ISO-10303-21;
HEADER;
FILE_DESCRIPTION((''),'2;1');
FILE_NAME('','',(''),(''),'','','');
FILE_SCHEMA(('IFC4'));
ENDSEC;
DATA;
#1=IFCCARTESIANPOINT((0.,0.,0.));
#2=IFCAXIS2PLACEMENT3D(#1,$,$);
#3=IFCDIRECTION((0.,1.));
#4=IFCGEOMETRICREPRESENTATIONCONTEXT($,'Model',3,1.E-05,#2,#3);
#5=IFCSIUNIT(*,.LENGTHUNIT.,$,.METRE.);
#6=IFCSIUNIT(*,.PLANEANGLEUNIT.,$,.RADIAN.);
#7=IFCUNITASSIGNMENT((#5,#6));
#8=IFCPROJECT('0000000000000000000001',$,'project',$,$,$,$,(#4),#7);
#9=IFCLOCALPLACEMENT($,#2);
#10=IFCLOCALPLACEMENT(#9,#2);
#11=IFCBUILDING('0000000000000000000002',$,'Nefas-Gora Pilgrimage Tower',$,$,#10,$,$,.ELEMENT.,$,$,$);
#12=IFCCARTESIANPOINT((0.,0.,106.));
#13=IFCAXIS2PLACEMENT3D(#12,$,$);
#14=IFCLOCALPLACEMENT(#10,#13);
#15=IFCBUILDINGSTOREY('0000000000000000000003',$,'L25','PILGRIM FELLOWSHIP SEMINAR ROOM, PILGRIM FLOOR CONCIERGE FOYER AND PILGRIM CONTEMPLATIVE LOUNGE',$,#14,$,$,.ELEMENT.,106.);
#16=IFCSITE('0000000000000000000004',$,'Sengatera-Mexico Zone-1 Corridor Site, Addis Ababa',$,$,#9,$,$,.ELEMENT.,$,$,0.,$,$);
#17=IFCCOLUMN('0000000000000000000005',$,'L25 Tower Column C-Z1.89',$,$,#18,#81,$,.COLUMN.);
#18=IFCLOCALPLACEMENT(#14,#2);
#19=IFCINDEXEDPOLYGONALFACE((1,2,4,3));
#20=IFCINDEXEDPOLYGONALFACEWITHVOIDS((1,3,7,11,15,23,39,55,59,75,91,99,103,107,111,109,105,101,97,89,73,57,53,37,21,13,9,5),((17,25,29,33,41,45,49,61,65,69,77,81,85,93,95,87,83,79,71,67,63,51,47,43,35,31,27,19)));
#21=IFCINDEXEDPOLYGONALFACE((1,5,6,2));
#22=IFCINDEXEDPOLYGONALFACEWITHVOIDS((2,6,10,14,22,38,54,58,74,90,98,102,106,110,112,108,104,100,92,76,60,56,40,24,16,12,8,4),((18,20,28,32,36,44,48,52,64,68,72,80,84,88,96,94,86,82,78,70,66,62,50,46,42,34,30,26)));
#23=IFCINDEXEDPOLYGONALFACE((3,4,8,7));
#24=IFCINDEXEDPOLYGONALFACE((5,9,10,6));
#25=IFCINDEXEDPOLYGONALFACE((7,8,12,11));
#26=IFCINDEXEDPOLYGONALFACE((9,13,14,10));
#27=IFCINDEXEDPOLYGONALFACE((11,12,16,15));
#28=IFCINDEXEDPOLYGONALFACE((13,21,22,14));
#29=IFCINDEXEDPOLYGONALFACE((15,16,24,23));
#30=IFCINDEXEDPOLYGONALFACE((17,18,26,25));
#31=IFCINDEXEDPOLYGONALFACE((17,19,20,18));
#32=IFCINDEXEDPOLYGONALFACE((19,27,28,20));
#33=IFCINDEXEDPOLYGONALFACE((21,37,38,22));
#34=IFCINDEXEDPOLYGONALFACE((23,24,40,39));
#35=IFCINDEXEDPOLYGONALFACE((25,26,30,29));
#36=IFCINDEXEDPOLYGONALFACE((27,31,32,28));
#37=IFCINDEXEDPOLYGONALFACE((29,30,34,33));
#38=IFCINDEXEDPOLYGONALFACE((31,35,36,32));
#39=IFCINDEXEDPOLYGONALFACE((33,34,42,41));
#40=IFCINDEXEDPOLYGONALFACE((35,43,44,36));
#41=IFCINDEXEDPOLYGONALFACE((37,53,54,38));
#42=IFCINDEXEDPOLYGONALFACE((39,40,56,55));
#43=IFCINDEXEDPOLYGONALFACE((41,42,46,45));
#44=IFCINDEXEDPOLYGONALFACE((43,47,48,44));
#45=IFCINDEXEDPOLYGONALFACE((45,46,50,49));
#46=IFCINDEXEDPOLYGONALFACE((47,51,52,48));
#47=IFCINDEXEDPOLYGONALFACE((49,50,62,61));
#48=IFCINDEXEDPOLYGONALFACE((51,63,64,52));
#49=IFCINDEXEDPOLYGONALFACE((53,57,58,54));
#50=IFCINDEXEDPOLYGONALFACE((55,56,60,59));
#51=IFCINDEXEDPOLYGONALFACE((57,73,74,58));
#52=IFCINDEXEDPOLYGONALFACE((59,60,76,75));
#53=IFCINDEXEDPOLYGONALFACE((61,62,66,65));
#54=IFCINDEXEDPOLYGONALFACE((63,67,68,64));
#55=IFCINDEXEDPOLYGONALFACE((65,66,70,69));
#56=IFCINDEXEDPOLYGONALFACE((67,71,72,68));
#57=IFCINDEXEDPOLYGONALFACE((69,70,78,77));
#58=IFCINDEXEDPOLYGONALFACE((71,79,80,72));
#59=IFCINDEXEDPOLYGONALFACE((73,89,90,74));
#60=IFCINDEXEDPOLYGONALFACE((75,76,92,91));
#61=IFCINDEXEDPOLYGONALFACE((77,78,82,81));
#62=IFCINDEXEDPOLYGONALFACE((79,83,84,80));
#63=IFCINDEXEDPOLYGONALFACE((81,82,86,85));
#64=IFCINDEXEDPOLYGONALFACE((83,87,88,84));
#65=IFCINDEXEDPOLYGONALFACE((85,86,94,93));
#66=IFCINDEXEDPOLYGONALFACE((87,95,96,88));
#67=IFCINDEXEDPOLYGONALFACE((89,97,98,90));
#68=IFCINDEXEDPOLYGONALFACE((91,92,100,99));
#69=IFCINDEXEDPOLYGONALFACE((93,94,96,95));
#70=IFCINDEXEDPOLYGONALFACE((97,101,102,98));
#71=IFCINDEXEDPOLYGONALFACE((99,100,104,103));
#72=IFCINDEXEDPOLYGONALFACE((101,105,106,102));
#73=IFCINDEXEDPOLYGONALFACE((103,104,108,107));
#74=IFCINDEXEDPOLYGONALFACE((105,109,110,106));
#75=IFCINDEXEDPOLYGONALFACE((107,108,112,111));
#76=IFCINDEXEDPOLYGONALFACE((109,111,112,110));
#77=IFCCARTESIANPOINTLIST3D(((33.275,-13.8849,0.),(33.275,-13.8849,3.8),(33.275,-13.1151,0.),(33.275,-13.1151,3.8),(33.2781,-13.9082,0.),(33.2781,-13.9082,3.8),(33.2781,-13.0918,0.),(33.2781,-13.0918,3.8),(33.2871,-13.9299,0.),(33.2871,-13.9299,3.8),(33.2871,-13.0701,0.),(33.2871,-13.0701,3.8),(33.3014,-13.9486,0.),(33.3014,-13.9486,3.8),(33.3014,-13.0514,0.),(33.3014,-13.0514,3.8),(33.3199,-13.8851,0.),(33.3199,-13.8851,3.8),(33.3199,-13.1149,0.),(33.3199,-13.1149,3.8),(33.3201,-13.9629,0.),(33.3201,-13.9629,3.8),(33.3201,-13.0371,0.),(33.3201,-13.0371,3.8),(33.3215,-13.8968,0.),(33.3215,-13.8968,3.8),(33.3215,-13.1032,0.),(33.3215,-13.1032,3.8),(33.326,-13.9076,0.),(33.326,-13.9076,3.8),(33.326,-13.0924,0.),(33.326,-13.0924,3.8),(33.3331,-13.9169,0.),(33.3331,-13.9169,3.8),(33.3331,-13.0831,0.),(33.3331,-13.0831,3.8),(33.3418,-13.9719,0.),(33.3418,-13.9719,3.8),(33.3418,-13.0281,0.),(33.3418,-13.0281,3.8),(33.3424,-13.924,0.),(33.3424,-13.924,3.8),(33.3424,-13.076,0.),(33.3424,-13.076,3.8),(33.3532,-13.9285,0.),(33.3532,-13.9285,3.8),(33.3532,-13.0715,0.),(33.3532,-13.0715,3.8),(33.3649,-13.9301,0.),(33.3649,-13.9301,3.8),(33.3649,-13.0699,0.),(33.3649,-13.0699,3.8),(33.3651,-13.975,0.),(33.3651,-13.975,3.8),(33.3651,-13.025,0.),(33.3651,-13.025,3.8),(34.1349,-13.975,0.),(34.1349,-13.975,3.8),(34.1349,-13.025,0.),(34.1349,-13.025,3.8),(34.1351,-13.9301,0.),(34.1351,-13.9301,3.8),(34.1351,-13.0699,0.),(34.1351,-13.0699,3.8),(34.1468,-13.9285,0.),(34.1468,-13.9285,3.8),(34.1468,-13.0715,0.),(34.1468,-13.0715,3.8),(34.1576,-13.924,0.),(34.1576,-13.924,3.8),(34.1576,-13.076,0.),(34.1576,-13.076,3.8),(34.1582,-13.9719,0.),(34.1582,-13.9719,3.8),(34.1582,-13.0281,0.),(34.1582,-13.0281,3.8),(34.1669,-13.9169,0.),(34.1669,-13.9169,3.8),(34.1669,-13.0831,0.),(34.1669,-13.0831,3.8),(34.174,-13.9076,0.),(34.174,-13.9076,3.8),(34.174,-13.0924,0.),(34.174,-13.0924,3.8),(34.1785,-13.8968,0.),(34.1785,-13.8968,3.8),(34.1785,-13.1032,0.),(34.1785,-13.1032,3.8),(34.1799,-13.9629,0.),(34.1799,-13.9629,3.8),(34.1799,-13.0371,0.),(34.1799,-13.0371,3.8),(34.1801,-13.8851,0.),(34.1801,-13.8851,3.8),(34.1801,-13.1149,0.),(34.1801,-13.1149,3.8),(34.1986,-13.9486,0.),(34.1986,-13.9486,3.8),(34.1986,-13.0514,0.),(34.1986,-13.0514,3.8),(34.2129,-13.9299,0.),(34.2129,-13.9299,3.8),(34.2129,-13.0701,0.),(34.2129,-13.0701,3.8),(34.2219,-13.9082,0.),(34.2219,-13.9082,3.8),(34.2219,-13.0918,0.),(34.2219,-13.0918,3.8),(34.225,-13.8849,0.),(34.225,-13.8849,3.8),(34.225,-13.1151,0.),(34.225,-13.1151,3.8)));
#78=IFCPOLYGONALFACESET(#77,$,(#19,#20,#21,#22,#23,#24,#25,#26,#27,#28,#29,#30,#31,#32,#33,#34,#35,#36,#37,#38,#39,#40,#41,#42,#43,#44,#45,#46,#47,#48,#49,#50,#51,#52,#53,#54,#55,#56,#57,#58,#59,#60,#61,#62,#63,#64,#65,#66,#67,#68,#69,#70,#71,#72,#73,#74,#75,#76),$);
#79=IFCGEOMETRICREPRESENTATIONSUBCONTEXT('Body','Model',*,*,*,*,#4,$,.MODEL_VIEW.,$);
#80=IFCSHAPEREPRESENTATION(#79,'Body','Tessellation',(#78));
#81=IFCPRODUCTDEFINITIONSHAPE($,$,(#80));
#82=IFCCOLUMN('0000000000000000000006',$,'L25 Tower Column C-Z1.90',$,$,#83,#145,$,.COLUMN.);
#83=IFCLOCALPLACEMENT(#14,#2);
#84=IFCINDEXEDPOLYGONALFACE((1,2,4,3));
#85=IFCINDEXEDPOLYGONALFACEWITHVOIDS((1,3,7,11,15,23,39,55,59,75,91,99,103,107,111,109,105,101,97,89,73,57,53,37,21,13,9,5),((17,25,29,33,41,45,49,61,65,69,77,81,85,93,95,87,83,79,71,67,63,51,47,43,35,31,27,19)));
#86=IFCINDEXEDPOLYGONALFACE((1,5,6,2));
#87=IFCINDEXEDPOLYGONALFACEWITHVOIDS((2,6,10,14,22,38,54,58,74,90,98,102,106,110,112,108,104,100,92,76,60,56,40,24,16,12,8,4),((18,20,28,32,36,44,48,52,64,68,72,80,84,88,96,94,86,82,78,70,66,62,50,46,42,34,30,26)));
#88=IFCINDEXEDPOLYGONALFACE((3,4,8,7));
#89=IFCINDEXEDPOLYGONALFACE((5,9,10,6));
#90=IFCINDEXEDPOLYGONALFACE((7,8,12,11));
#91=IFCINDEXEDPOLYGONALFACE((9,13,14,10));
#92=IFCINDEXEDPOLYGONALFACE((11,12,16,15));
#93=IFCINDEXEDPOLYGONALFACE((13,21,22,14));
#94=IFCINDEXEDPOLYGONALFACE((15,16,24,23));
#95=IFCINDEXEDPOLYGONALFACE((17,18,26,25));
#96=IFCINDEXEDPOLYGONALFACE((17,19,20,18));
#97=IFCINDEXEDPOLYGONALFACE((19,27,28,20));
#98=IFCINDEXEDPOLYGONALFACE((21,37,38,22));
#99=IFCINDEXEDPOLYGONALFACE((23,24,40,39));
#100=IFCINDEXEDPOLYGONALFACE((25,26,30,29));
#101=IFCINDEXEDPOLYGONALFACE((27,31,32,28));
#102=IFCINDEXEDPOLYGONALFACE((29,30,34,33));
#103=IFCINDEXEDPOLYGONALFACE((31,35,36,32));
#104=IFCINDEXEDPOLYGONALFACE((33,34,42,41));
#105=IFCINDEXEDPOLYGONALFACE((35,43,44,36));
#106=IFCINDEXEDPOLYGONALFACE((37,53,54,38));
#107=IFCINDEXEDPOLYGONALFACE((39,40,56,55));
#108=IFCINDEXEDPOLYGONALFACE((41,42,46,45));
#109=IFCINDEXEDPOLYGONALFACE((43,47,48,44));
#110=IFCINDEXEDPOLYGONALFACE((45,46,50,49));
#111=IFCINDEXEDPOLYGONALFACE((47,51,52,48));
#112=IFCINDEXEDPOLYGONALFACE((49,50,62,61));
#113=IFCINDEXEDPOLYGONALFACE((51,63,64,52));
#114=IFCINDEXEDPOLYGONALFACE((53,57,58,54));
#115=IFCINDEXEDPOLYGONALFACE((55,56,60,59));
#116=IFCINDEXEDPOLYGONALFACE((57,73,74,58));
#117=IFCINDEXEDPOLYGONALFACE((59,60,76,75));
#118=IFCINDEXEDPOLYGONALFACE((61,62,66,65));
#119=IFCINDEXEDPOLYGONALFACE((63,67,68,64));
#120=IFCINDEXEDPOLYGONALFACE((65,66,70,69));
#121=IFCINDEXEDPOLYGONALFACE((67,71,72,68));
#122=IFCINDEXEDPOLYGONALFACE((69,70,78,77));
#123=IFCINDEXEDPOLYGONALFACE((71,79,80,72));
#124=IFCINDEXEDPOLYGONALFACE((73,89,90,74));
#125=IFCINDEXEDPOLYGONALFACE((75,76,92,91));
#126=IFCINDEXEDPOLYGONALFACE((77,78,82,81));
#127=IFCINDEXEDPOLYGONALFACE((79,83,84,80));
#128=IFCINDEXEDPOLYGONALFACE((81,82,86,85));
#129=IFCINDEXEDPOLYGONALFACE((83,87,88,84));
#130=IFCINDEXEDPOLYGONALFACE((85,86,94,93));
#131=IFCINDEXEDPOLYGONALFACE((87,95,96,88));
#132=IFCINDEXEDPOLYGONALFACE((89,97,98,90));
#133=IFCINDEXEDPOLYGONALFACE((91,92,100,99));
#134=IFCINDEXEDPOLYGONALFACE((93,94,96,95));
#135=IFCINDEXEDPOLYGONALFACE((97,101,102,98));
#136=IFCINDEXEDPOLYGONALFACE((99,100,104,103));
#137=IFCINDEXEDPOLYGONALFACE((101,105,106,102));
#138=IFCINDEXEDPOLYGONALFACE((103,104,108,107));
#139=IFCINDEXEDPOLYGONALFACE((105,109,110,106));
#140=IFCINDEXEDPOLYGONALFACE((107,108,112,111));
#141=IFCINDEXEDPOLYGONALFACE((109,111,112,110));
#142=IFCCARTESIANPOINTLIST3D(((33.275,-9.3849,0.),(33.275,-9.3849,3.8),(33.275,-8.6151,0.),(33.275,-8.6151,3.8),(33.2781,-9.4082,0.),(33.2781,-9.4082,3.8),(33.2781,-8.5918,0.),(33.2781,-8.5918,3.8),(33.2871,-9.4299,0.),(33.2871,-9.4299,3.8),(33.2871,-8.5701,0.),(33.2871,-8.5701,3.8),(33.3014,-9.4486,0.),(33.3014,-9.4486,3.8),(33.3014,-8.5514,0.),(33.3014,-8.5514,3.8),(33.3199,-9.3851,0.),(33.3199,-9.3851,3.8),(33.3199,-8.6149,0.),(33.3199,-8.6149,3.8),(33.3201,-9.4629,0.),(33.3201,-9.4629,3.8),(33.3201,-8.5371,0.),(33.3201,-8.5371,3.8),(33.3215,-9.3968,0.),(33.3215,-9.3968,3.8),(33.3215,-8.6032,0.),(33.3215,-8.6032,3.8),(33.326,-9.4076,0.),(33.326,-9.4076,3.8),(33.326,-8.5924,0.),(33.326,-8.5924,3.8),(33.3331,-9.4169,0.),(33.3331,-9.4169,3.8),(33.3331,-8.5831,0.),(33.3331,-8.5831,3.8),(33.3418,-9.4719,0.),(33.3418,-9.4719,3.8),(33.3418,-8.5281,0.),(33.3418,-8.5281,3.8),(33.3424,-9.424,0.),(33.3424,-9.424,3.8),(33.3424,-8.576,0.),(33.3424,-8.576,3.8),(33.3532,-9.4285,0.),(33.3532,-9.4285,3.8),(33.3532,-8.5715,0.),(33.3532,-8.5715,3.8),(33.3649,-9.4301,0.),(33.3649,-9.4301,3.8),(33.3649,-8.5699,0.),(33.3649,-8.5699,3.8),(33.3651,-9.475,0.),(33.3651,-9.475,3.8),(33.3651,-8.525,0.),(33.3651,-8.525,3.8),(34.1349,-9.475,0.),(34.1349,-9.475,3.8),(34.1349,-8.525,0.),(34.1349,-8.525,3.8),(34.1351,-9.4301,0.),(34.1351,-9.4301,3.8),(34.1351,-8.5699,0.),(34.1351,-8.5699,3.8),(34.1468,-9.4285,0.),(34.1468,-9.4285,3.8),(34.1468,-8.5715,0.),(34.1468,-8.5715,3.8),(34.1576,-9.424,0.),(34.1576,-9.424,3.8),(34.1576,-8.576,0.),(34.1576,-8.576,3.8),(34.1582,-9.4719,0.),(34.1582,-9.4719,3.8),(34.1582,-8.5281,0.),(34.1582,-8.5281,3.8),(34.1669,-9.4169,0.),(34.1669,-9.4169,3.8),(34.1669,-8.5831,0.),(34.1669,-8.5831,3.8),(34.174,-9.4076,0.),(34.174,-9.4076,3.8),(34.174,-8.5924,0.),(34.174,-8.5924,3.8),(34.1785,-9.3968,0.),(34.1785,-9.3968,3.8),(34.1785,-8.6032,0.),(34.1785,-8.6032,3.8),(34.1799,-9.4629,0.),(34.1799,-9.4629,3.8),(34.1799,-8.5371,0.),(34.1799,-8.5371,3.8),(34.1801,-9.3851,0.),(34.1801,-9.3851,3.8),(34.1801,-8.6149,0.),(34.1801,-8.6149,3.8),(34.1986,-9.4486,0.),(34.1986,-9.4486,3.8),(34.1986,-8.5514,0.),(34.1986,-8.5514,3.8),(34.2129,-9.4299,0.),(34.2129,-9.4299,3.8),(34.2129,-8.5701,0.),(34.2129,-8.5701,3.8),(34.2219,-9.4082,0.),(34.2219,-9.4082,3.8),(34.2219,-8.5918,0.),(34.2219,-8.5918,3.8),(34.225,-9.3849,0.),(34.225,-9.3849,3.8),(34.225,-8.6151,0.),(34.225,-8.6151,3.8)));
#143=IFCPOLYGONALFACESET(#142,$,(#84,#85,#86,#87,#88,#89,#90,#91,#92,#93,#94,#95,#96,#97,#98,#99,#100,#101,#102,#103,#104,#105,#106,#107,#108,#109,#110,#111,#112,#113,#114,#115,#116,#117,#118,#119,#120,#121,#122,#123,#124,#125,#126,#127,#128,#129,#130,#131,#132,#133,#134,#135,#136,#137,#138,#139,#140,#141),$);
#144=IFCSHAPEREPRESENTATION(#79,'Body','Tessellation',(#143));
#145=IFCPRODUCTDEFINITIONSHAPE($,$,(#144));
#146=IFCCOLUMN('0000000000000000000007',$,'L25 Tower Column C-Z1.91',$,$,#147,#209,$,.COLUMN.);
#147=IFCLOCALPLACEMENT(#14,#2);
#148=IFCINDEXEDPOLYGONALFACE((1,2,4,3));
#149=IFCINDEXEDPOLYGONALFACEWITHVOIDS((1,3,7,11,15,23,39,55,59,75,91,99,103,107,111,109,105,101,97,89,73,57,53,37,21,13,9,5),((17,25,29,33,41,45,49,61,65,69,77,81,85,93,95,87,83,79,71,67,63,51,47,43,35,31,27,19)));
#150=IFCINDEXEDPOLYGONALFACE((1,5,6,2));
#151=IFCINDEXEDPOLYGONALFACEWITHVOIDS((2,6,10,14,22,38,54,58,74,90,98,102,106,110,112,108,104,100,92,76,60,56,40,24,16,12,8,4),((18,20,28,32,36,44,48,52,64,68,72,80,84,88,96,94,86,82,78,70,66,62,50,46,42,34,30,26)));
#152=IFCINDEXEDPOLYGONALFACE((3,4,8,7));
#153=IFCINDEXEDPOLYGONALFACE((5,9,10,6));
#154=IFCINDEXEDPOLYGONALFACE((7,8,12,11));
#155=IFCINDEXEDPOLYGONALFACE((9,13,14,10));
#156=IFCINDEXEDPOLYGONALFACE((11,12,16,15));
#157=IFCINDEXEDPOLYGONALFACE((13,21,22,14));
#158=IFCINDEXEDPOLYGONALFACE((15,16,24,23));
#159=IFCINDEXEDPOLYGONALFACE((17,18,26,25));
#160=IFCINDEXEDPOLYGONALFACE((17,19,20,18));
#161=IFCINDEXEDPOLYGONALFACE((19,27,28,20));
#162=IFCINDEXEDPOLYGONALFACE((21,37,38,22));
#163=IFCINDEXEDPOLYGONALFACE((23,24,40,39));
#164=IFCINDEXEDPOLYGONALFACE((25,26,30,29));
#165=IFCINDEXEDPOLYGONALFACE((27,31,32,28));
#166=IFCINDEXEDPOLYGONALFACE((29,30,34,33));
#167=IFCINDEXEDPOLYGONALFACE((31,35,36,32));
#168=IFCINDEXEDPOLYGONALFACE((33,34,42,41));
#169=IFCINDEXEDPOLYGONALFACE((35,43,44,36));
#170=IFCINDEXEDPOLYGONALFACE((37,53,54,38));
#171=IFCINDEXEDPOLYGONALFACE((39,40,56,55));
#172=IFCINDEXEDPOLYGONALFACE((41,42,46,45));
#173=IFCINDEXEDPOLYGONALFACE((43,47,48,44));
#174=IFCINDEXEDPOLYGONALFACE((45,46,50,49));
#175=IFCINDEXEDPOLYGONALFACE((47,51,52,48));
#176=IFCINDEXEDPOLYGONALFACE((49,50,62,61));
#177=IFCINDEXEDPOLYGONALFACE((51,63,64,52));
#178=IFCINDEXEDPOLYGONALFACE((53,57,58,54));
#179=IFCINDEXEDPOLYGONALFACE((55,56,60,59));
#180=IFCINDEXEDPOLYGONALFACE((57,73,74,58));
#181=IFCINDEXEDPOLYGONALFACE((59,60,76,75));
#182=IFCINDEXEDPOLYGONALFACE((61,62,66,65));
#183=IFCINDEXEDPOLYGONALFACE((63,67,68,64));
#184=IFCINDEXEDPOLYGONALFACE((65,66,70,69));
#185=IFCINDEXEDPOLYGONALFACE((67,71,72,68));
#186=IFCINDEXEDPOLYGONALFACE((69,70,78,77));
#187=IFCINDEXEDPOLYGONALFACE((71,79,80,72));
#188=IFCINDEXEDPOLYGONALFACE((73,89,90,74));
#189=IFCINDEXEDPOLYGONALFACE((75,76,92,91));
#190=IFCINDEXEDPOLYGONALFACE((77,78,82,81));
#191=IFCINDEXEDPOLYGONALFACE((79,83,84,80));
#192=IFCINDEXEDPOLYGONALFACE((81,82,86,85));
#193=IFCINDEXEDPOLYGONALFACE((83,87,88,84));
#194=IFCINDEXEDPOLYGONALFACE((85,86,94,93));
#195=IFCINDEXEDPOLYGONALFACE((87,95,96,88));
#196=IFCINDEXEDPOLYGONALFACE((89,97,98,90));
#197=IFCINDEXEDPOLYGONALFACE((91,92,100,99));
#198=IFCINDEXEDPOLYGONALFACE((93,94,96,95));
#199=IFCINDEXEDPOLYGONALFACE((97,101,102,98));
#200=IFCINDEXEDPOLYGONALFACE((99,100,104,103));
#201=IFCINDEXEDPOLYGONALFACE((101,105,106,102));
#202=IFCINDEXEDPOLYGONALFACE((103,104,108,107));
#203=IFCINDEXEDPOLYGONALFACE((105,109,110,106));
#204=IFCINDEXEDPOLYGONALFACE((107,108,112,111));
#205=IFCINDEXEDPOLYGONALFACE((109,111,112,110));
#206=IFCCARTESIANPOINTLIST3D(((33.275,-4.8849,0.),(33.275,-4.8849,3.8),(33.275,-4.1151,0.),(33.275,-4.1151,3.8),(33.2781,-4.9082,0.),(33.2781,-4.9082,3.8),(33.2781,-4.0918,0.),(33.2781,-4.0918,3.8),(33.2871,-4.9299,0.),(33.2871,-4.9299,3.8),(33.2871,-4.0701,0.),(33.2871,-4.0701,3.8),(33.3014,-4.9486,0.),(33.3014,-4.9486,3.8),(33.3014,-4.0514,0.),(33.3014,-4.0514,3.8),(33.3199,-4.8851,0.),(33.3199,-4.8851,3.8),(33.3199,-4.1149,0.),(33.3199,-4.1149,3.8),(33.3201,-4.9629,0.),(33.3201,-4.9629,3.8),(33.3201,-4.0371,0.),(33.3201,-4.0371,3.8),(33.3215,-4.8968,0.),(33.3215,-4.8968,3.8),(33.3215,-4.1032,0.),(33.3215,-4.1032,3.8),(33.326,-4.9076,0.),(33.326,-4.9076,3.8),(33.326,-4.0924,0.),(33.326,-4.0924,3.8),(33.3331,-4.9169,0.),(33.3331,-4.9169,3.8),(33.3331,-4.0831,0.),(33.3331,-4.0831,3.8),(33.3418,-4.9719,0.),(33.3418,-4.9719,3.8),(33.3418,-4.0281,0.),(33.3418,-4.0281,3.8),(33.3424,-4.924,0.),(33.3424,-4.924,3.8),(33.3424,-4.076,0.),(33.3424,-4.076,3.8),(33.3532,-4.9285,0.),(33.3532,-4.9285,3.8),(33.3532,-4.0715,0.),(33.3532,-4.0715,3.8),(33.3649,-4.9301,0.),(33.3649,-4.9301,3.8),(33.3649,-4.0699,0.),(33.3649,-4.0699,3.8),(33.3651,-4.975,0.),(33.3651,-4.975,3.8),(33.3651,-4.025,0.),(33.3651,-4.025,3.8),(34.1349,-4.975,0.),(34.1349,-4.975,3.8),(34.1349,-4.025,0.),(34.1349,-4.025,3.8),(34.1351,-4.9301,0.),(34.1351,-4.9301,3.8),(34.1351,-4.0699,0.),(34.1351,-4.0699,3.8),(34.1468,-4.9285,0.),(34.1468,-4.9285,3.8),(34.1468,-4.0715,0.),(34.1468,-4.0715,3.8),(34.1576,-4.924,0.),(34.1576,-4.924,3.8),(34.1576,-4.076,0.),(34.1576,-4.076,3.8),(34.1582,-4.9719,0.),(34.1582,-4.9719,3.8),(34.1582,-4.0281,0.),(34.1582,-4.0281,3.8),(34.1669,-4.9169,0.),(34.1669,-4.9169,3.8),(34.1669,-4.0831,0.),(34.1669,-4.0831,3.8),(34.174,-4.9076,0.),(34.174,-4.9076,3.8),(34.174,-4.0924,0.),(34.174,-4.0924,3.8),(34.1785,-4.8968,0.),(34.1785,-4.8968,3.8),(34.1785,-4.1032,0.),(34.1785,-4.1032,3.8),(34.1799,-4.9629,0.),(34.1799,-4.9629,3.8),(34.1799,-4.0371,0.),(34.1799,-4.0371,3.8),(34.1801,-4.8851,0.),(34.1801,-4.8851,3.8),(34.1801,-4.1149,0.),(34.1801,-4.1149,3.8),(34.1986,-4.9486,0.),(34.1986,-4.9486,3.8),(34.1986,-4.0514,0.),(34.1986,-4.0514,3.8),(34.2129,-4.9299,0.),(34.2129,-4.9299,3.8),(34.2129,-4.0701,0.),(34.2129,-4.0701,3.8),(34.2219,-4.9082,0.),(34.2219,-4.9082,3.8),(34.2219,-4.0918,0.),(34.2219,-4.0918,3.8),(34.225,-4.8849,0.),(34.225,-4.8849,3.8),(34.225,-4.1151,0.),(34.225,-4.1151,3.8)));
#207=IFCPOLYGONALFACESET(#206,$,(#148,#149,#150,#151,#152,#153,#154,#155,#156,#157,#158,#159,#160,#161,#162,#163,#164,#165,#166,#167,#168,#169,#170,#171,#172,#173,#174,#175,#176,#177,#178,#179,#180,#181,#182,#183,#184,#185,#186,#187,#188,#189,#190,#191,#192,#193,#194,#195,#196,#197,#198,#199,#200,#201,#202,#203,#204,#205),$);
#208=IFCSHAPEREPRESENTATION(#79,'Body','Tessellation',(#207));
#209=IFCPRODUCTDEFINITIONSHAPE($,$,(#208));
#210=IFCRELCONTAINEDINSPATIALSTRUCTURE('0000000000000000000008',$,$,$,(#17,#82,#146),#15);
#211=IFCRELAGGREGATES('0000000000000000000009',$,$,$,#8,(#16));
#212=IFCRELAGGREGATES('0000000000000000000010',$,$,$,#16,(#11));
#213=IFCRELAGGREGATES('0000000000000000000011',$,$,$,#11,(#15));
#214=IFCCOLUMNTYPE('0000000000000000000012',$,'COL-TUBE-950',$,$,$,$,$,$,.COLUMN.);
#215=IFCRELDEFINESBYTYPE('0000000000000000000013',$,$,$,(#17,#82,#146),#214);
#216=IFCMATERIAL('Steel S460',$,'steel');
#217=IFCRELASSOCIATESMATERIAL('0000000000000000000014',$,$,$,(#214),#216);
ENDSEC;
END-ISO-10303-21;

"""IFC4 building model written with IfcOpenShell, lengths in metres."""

from ifc_helpers import new_model, si_unit, direction, frame, origin, origin_2d, place, context, subcontext, project, spatial, hollow_rectangle, extrude, source, transform, mapped, material, material_profile, profile_set, type_object, element, save


model = new_model("IFC4")

# Units and contexts
model_context = context("Model", 3, precision=1e-05, world=origin(), true_north=direction((0.0, 1.0)))
body_context = subcontext(model_context, "Body", "Model", "MODEL_VIEW")
ifc_project = project(units=[si_unit("LENGTHUNIT", "METRE"), si_unit("PLANEANGLEUNIT", "RADIAN")], contexts=[model_context])

# Site, building, storey
site_placement = place(None, origin())
site = spatial("IfcSite", under=ifc_project, at=site_placement, Name="Sengatera-Mexico Zone-1 Corridor Site, Addis Ababa", CompositionType="ELEMENT", RefElevation=0.0)
building_placement = place(site_placement, origin())
building = spatial("IfcBuilding", under=site, at=building_placement, Name="Nefas-Gora Pilgrimage Tower", CompositionType="ELEMENT")
storey_placement = place(building_placement, frame((0.0, 0.0, 106.0)))
storey = spatial("IfcBuildingStorey", under=building, at=storey_placement, Name="L25", Description="PILGRIM FELLOWSHIP SEMINAR ROOM, PILGRIM FLOOR CONCIERGE FOYER AND PILGRIM CONTEMPLATIVE LOUNGE", CompositionType="ELEMENT", Elevation=106.0)

# Columns
ifc_material_1 = material(Name="Steel S460", Category="steel")
ifc_material_profile_1 = material_profile(ifc_material_1, hollow_rectangle(XDim=0.95, YDim=0.95, WallThickness=0.0449, InnerFilletRadius=0.0449, OuterFilletRadius=0.0901, at=origin_2d()), Name="BOX 950x950x45")
ifc_profile_set_1 = profile_set([ifc_material_profile_1], Name="Steel S460")
column_type_1 = type_object("IfcColumnType", Name="COL-TUBE-950", PredefinedType="COLUMN", material=ifc_profile_set_1)
shared_shape_1 = source(origin(), body_context, "Body", "SweptSolid", [
    extrude(hollow_rectangle(XDim=0.95, YDim=0.95, WallThickness=0.0449, InnerFilletRadius=0.0449, OuterFilletRadius=0.0901, at=origin_2d()), origin(), (0.0, 0.0, 1.0), 3.8),
])
for number, where, z_axis, x_axis, name in (
    (1, (33.75, -13.5, 0.0), (0.0, 0.0, 1.0), (1.0, 0.0, 0.0), "L25 Tower Column C-Z1.89"),
    (2, (33.75, -9.0, 0.0), (0.0, 0.0, 1.0), (1.0, 0.0, 0.0), "L25 Tower Column C-Z1.90"),
    (3, (33.75, -4.5, 0.0), (0.0, 0.0, 1.0), (1.0, 0.0, 0.0), "L25 Tower Column C-Z1.91"),
):
    element("IfcColumn", number, at=place(storey_placement, frame(where, z_axis=z_axis, x_axis=x_axis)), inside=storey, type_object=column_type_1, Name=name, PredefinedType="COLUMN", context=body_context, shape_type="MappedRepresentation", body=[
        mapped(shared_shape_1, transform((0.0, 0.0, 0.0), x_axis=(1.0, 0.0, 0.0), y_axis=(0.0, 1.0, 0.0), z_axis=(0.0, 0.0, 1.0), scale=1.0)),
    ])

save(model, "model.ifc")
